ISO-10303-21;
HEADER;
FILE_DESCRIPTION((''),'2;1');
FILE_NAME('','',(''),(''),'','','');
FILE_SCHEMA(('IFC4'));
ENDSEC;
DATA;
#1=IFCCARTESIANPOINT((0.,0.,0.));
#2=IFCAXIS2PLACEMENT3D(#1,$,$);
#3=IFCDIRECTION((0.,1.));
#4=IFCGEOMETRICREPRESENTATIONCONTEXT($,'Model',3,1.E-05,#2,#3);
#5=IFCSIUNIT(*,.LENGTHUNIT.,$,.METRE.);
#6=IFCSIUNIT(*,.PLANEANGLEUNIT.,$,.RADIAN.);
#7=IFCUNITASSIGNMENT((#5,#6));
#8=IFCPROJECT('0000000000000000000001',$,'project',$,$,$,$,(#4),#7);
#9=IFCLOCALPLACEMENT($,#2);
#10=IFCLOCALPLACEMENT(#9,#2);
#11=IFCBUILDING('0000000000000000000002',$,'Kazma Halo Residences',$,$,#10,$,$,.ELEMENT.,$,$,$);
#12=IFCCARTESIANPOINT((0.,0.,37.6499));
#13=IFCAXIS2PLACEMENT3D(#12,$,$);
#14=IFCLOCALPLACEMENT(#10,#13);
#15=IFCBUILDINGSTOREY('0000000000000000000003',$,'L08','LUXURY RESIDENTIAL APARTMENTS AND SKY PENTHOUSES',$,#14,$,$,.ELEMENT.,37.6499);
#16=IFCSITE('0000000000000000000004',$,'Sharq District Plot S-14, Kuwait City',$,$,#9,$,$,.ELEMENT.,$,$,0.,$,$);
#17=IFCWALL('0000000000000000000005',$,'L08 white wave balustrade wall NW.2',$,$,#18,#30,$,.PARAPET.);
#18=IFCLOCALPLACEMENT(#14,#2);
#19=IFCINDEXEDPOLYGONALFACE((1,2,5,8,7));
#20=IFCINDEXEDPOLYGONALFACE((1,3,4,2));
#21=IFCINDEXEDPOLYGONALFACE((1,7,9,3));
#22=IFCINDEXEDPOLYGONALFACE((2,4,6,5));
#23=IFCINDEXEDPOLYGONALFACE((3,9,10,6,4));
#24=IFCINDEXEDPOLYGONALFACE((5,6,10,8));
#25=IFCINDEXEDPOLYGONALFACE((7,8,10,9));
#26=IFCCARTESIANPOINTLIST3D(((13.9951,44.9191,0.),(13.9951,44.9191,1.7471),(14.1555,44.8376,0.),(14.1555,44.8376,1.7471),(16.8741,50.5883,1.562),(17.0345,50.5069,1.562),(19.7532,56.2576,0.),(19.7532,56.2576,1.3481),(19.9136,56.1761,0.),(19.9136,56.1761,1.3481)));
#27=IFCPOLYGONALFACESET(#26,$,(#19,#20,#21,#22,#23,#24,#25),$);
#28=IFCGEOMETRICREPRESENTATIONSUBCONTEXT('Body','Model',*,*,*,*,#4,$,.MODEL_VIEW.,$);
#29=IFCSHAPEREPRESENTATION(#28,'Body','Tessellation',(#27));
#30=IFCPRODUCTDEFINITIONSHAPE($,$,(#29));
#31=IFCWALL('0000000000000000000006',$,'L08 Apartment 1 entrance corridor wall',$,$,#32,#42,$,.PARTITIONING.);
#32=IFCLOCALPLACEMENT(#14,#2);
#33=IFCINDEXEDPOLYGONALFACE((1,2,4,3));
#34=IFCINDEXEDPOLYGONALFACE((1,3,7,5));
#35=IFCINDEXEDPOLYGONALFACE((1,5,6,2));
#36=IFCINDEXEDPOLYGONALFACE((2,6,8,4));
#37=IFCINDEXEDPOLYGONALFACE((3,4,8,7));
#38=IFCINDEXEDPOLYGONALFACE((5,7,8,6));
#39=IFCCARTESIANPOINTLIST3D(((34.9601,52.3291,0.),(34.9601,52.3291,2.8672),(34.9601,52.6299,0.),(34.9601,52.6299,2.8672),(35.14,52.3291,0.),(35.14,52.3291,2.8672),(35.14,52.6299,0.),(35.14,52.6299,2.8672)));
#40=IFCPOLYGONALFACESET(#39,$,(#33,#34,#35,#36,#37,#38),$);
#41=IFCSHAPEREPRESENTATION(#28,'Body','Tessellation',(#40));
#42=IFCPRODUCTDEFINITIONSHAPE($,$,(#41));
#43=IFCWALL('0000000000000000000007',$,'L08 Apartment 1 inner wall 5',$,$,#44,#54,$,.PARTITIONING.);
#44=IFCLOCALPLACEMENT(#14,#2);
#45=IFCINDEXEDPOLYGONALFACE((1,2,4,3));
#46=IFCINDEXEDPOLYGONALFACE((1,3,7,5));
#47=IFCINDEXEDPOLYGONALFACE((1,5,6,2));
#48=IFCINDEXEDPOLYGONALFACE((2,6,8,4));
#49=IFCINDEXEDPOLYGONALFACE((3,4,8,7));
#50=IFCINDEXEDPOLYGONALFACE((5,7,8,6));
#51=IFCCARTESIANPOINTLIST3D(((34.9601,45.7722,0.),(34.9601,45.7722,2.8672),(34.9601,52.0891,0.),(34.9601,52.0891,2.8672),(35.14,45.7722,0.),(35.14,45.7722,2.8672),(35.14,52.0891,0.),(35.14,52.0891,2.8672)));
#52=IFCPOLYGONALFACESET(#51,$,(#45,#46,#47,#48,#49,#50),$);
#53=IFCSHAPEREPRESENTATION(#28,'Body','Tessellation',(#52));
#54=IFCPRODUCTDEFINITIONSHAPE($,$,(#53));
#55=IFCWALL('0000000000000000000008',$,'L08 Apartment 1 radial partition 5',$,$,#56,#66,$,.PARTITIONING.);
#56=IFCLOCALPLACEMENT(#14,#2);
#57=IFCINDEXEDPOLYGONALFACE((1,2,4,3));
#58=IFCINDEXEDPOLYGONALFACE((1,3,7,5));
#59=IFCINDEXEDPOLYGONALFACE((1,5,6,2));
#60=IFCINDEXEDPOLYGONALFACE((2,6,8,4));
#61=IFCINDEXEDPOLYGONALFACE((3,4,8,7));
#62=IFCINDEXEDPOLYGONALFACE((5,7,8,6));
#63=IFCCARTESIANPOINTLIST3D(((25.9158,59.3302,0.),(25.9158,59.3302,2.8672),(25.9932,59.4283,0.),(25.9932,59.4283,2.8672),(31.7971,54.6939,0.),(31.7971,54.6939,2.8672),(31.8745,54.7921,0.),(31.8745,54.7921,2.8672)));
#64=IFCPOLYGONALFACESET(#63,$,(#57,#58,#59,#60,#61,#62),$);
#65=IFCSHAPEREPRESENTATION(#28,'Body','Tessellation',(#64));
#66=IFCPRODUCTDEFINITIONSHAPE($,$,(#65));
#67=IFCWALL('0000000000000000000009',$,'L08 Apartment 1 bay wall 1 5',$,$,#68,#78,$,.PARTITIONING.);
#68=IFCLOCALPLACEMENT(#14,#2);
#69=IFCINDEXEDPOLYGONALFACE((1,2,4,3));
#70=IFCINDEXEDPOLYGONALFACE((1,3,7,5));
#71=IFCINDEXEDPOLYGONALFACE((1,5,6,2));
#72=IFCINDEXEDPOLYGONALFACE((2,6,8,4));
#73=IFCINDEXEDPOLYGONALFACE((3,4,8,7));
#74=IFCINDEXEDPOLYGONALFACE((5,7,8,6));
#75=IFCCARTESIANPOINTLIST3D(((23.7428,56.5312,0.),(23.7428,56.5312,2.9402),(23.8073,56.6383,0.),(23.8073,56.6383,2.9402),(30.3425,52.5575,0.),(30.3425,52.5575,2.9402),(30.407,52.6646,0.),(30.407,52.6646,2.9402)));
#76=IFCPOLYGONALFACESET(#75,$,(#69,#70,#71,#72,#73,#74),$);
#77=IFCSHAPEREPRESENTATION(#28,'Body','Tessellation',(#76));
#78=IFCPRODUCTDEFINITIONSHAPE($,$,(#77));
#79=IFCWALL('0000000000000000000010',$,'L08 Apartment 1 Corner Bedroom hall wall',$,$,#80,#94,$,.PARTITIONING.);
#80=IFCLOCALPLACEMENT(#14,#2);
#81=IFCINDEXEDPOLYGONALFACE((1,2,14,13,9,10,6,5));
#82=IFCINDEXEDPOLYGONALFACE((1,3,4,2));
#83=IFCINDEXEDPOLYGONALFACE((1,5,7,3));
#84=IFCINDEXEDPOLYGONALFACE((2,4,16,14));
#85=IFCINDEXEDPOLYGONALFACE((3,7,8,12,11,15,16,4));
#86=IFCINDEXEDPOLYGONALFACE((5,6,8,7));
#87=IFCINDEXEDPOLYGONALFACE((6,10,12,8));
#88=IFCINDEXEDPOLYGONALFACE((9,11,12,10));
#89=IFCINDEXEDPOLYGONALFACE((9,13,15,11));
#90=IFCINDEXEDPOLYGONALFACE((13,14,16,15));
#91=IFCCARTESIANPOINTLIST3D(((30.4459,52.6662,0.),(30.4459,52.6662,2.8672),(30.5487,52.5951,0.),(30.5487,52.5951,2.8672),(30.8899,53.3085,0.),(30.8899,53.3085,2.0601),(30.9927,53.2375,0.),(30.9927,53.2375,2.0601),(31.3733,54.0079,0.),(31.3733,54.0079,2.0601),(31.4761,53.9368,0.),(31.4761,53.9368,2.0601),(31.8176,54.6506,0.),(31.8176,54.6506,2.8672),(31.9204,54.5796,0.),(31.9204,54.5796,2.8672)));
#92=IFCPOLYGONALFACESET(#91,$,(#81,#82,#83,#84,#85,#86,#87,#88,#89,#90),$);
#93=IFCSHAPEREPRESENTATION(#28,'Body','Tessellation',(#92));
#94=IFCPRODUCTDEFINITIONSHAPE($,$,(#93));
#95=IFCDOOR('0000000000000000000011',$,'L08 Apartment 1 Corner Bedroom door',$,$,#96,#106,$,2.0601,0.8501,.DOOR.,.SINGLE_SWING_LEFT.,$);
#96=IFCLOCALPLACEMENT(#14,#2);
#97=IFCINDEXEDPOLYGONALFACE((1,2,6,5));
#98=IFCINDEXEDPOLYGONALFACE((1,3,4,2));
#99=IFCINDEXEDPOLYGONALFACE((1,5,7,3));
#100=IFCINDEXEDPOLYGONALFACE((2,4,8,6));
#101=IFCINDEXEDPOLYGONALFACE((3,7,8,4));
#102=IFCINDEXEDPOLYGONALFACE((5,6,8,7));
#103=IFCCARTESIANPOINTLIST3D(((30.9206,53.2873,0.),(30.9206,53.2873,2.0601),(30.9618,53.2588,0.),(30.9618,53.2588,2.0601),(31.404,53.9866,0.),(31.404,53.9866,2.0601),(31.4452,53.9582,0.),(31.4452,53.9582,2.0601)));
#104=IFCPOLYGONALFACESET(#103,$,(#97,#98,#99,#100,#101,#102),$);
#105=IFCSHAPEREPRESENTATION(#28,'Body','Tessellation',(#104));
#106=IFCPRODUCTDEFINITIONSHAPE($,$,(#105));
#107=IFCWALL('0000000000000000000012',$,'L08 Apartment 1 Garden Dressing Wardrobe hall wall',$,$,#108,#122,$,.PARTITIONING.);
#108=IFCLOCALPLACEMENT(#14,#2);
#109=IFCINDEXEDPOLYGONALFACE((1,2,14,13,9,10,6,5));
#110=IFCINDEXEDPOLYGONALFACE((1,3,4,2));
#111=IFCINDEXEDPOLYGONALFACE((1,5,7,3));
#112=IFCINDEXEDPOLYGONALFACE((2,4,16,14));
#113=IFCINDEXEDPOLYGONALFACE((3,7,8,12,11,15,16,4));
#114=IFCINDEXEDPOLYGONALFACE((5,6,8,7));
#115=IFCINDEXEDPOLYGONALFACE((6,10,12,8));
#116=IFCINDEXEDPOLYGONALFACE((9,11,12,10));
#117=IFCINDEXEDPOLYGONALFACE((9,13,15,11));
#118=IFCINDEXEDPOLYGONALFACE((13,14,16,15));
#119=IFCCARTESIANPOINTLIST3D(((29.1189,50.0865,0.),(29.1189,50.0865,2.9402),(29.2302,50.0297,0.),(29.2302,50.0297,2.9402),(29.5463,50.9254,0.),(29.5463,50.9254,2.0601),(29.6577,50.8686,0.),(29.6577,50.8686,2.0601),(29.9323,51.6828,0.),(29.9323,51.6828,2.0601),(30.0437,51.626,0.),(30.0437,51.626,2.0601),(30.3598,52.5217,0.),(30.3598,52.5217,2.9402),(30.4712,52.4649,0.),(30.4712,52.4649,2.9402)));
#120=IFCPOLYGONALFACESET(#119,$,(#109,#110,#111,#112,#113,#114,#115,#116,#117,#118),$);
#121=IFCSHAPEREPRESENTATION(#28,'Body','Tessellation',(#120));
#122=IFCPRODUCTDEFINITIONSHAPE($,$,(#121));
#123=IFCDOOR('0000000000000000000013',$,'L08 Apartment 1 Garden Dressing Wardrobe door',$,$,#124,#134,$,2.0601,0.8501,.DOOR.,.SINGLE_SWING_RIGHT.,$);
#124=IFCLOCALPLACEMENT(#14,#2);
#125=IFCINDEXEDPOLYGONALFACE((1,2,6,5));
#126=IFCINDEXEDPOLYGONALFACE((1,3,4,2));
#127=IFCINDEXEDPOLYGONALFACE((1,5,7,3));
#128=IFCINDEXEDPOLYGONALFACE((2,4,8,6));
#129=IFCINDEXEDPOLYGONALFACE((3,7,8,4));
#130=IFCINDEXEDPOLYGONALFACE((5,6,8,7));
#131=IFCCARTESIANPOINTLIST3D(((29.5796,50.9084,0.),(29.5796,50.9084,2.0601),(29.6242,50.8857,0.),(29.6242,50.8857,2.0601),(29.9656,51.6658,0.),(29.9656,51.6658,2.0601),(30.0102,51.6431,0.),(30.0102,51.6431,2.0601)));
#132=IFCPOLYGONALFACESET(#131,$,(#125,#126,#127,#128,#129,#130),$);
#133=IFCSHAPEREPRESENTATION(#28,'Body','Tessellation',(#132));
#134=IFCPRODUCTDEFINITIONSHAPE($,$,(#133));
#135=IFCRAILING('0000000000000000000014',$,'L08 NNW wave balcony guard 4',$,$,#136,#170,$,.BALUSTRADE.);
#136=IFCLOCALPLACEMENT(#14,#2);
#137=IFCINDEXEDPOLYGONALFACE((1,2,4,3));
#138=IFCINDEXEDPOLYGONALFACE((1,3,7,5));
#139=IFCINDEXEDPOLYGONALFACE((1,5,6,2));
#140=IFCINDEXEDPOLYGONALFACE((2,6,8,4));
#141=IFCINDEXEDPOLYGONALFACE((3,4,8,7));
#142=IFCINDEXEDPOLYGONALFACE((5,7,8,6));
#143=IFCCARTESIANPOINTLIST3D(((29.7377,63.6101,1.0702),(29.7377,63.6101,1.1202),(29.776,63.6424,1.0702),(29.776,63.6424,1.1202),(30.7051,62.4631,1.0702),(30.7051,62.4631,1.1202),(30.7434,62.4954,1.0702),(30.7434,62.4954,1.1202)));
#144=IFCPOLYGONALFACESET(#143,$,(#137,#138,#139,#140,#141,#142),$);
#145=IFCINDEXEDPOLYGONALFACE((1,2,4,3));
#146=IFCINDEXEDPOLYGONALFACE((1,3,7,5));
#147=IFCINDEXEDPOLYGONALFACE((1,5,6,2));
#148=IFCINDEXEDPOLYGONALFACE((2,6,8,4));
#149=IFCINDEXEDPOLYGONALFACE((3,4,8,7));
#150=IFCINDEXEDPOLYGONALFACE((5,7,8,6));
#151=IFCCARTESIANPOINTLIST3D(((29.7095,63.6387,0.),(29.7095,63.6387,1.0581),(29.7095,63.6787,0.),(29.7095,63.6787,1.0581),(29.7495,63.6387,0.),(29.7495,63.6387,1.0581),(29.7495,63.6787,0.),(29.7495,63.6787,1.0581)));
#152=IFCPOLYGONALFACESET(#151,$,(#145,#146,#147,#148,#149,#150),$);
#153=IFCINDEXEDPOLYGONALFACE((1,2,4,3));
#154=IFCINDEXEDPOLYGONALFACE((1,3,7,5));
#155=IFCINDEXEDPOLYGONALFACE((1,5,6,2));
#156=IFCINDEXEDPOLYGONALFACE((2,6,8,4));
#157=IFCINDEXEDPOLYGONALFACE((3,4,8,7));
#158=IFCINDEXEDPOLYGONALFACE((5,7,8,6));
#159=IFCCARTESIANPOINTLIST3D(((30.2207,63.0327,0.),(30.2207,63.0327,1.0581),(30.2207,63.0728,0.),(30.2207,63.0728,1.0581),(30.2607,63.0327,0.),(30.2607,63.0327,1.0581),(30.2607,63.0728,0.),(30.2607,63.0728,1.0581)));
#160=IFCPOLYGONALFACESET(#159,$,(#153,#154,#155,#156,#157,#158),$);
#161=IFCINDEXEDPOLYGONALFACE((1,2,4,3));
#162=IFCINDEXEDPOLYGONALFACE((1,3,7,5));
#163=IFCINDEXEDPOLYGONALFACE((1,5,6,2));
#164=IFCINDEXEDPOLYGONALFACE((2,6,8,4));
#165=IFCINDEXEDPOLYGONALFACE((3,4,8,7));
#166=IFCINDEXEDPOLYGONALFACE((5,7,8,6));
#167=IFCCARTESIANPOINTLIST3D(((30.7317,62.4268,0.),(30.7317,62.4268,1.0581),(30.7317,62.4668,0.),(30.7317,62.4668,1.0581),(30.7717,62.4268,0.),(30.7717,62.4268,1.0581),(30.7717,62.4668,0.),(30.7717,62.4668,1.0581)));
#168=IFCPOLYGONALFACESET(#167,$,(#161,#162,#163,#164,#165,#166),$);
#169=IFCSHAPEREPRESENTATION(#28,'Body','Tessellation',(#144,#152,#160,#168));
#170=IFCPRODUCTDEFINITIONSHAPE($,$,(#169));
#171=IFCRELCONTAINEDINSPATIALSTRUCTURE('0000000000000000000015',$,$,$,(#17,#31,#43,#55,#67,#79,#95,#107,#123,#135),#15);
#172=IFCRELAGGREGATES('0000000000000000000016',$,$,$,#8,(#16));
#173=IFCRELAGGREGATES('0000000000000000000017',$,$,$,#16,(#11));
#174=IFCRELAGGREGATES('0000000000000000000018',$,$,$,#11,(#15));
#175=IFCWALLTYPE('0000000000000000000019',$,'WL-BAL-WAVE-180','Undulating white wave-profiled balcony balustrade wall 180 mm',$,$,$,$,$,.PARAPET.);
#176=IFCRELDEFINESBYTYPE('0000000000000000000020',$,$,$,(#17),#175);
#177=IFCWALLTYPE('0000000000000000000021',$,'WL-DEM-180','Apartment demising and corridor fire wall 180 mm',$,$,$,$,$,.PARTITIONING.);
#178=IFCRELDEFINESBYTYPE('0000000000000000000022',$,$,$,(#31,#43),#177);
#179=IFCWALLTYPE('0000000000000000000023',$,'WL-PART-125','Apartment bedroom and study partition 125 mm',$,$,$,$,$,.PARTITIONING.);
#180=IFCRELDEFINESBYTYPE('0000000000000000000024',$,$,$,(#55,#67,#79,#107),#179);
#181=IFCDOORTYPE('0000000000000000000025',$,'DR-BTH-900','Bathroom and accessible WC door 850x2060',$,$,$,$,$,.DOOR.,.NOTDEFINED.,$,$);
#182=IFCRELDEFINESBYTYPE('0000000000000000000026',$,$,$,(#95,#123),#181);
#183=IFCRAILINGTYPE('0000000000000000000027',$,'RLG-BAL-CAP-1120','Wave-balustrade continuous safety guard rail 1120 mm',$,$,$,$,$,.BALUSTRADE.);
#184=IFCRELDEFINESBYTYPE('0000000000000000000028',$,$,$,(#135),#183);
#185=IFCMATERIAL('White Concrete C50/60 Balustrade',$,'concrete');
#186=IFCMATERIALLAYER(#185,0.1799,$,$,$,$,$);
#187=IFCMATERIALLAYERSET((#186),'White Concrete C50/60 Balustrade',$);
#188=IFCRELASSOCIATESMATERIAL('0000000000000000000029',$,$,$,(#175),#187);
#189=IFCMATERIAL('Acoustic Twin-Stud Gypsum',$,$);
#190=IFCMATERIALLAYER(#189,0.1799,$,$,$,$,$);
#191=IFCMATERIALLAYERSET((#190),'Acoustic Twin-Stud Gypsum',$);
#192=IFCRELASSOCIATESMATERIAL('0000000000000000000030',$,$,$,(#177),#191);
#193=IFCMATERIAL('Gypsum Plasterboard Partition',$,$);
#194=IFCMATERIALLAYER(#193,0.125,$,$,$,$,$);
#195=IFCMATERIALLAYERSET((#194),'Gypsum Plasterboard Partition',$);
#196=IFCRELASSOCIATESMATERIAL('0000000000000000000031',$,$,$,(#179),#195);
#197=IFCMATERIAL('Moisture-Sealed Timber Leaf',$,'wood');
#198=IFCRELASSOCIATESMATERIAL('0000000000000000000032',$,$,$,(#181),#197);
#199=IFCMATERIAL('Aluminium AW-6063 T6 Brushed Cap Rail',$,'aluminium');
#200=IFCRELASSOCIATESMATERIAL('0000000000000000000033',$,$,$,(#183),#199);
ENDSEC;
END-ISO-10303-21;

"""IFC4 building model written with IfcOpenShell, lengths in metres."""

from ifc_helpers import new_model, si_unit, direction, frame, frame_2d, origin, origin_2d, place, context, subcontext, project, spatial, polyline, rectangle, outline, extrude, material, layer, layer_set, type_object, element, fill, save


model = new_model("IFC4")

# Units and contexts
model_context = context("Model", 3, precision=1e-05, world=origin(), true_north=direction((0.0, 1.0)))
body_context = subcontext(model_context, "Body", "Model", "MODEL_VIEW")
ifc_project = project(units=[si_unit("LENGTHUNIT", "METRE"), si_unit("PLANEANGLEUNIT", "RADIAN")], contexts=[model_context])

# Site, building, storey
site_placement = place(None, origin())
site = spatial("IfcSite", under=ifc_project, at=site_placement, Name="Sharq District Plot S-14, Kuwait City", CompositionType="ELEMENT", RefElevation=0.0)
building_placement = place(site_placement, origin())
building = spatial("IfcBuilding", under=site, at=building_placement, Name="Kazma Halo Residences", CompositionType="ELEMENT")
storey_placement = place(building_placement, frame((0.0, 0.0, 37.6499)))
storey = spatial("IfcBuildingStorey", under=building, at=storey_placement, Name="L08", Description="LUXURY RESIDENTIAL APARTMENTS AND SKY PENTHOUSES", CompositionType="ELEMENT", Elevation=37.6499)

# Walls
ifc_material_1 = material(Name="White Concrete C50/60 Balustrade", Category="concrete")
ifc_layer_1 = layer(ifc_material_1, 0.1799)
ifc_layer_set_1 = layer_set([ifc_layer_1], Name="White Concrete C50/60 Balustrade")
wall_type_1 = type_object("IfcWallType", Name="WL-BAL-WAVE-180", Description="Undulating white wave-profiled balcony balustrade wall 180 mm", PredefinedType="PARAPET", material=ifc_layer_set_1)
wall_1_placement = place(storey_placement, frame((19.8335, 56.2168, 0.0), z_axis=(0.0, 0.0, 1.0), x_axis=(-0.452795, -0.891614, 0.0)))
element("IfcWall", 1, at=wall_1_placement, inside=storey, type_object=wall_type_1, Name="L08 white wave balustrade wall NW.2", PredefinedType="PARAPET", context=body_context, shape_type="SweptSolid", body=[
    extrude(outline(polyline([(0.0, 0.0), (12.7168, 0.0), (12.7168, 1.7471), (6.3584, 1.562), (0.0, 1.3481), (0.0, 0.0)])), frame((0.0, 0.0898, 0.0), z_axis=(0.0, -1.0, 0.0), x_axis=(1.0, 0.0, 0.0)), (0.0, 0.0, 1.0), 0.1799),
])
ifc_material_2 = material(Name="Acoustic Twin-Stud Gypsum")
ifc_layer_2 = layer(ifc_material_2, 0.1799)
ifc_layer_set_2 = layer_set([ifc_layer_2], Name="Acoustic Twin-Stud Gypsum")
wall_type_2 = type_object("IfcWallType", Name="WL-DEM-180", Description="Apartment demising and corridor fire wall 180 mm", PredefinedType="PARTITIONING", material=ifc_layer_set_2)
wall_2_placement = place(storey_placement, frame((35.05, 52.6299, 0.0), z_axis=(0.0, 0.0, 1.0), x_axis=(0.0, -1.0, 0.0)))
element("IfcWall", 2, at=wall_2_placement, inside=storey, type_object=wall_type_2, Name="L08 Apartment 1 entrance corridor wall", PredefinedType="PARTITIONING", context=body_context, shape_type="SweptSolid", body=[
    extrude(rectangle(XDim=0.3008, YDim=0.1799, at=frame_2d((0.1504, 0.0))), origin(), (0.0, 0.0, 1.0), 2.8672),
])
wall_3_placement = place(storey_placement, frame((35.05, 52.0891, 0.0), z_axis=(0.0, 0.0, 1.0), x_axis=(0.0, -1.0, 0.0)))
element("IfcWall", 3, at=wall_3_placement, inside=storey, type_object=wall_type_2, Name="L08 Apartment 1 inner wall 5", PredefinedType="PARTITIONING", context=body_context, shape_type="SweptSolid", body=[
    extrude(rectangle(XDim=6.3169, YDim=0.1799, at=frame_2d((3.1584, 0.0))), origin(), (0.0, 0.0, 1.0), 2.8672),
])

# Walls
ifc_material_3 = material(Name="Gypsum Plasterboard Partition")
ifc_layer_3 = layer(ifc_material_3, 0.125)
ifc_layer_set_3 = layer_set([ifc_layer_3], Name="Gypsum Plasterboard Partition")
wall_type_3 = type_object("IfcWallType", Name="WL-PART-125", Description="Apartment bedroom and study partition 125 mm", PredefinedType="PARTITIONING", material=ifc_layer_set_3)
wall_4_placement = place(storey_placement, frame((31.8359, 54.7429, 0.0), z_axis=(0.0, 0.0, 1.0), x_axis=(-0.785333, 0.619073, 0.0)))
element("IfcWall", 4, at=wall_4_placement, inside=storey, type_object=wall_type_3, Name="L08 Apartment 1 radial partition 5", PredefinedType="PARTITIONING", context=body_context, shape_type="SweptSolid", body=[
    extrude(rectangle(XDim=7.489, YDim=0.125, at=frame_2d((3.7446, 0.0))), origin(), (0.0, 0.0, 1.0), 2.8672),
])
wall_5_placement = place(storey_placement, frame((30.3748, 52.6111, 0.0), z_axis=(0.0, 0.0, 1.0), x_axis=(-0.856698, 0.515819, 0.0)))
element("IfcWall", 5, at=wall_5_placement, inside=storey, type_object=wall_type_3, Name="L08 Apartment 1 bay wall 1 5", PredefinedType="PARTITIONING", context=body_context, shape_type="SweptSolid", body=[
    extrude(rectangle(XDim=7.7036, YDim=0.125, at=frame_2d((3.8518, 0.0))), origin(), (0.0, 0.0, 1.0), 2.9402),
])

# Walls, openings, doors
wall_6_placement = place(storey_placement, frame((31.8689, 54.615, 0.0), z_axis=(0.0, 0.0, 1.0), x_axis=(-0.568589, -0.822622, 0.0)))
wall_6 = element("IfcWall", 6, at=wall_6_placement, inside=storey, type_object=wall_type_3, Name="L08 Apartment 1 Corner Bedroom hall wall", PredefinedType="PARTITIONING", context=body_context, shape_type="SweptSolid", body=[
    extrude(rectangle(XDim=2.4124, YDim=0.125, at=frame_2d((1.2061, 0.0))), origin(), (0.0, 0.0, 1.0), 2.8672),
])
opening_1_placement = place(wall_6_placement, frame((0.7812, 0.0, 0.0)))
opening_1 = element("IfcOpeningElement", 7, at=opening_1_placement, cuts=wall_6, PredefinedType="OPENING", context=body_context, shape_type="SweptSolid", body=[
    extrude(rectangle(XDim=0.8501, YDim=2.0601, at=frame_2d((0.425, 1.03))), frame((0.0, 0.0725, 0.0), z_axis=(0.0, -1.0, 0.0), x_axis=(1.0, 0.0, 0.0)), (0.0, 0.0, 1.0), 0.145),
])
ifc_material_4 = material(Name="Moisture-Sealed Timber Leaf", Category="wood")
door_type_1 = type_object("IfcDoorType", Name="DR-BTH-900", Description="Bathroom and accessible WC door 850x2060", OperationType="NOTDEFINED", PredefinedType="DOOR", material=ifc_material_4)
door_1_placement = place(opening_1_placement, origin())
door_1 = element("IfcDoor", 8, at=door_1_placement, inside=storey, type_object=door_type_1, Name="L08 Apartment 1 Corner Bedroom door", OperationType="SINGLE_SWING_LEFT", OverallHeight=2.0601, OverallWidth=0.8501, PredefinedType="DOOR", context=body_context, shape_type="SweptSolid", body=[
    extrude(rectangle(XDim=0.8501, YDim=2.0601, at=frame_2d((0.425, 1.03))), frame((0.0, 0.0249, 0.0), z_axis=(0.0, -1.0, 0.0), x_axis=(1.0, 0.0, 0.0)), (0.0, 0.0, 1.0), 0.05),
])
fill(opening_1, door_1)
wall_7_placement = place(storey_placement, frame((30.4155, 52.4934, 0.0), z_axis=(0.0, 0.0, 1.0), x_axis=(-0.454025, -0.890989, 0.0)))
wall_7 = element("IfcWall", 9, at=wall_7_placement, inside=storey, type_object=wall_type_3, Name="L08 Apartment 1 Garden Dressing Wardrobe hall wall", PredefinedType="PARTITIONING", context=body_context, shape_type="SweptSolid", body=[
    extrude(rectangle(XDim=2.7332, YDim=0.125, at=frame_2d((1.3667, 0.0))), origin(), (0.0, 0.0, 1.0), 2.9402),
])
opening_2_placement = place(wall_7_placement, frame((0.9417, 0.0, 0.0)))
opening_2 = element("IfcOpeningElement", 10, at=opening_2_placement, cuts=wall_7, PredefinedType="OPENING", context=body_context, shape_type="SweptSolid", body=[
    extrude(rectangle(XDim=0.8501, YDim=2.0601, at=frame_2d((0.425, 1.03))), frame((0.0, 0.0725, 0.0), z_axis=(0.0, -1.0, 0.0), x_axis=(1.0, 0.0, 0.0)), (0.0, 0.0, 1.0), 0.145),
])
door_2_placement = place(opening_2_placement, origin())
door_2 = element("IfcDoor", 11, at=door_2_placement, inside=storey, type_object=door_type_1, Name="L08 Apartment 1 Garden Dressing Wardrobe door", OperationType="SINGLE_SWING_RIGHT", OverallHeight=2.0601, OverallWidth=0.8501, PredefinedType="DOOR", context=body_context, shape_type="SweptSolid", body=[
    extrude(rectangle(XDim=0.8501, YDim=2.0601, at=frame_2d((0.425, 1.03))), frame((0.0, 0.0249, 0.0), z_axis=(0.0, -1.0, 0.0), x_axis=(1.0, 0.0, 0.0)), (0.0, 0.0, 1.0), 0.05),
])
fill(opening_2, door_2)

# Railing
ifc_material_5 = material(Name="Aluminium AW-6063 T6 Brushed Cap Rail", Category="aluminium")
railing_type = type_object("IfcRailingType", Name="RLG-BAL-CAP-1120", Description="Wave-balustrade continuous safety guard rail 1120 mm", PredefinedType="BALUSTRADE", material=ifc_material_5)
railing_1_placement = place(storey_placement, frame((29.7295, 63.6587, 0.0)))
element("IfcRailing", 12, at=railing_1_placement, inside=storey, type_object=railing_type, Name="L08 NNW wave balcony guard 4", PredefinedType="BALUSTRADE", context=body_context, shape_type="SweptSolid", body=[
    extrude(rectangle(XDim=0.05, YDim=0.05, at=origin_2d()), frame((0.0273, -0.0325, 1.0952), z_axis=(0.644747, -0.764396, 0.0), x_axis=(0.764396, 0.644747, 0.0)), (0.0, 0.0, 1.0), 1.5005),
    extrude(rectangle(XDim=0.04, YDim=0.04, at=origin_2d()), origin(), (0.0, 0.0, 1.0), 1.0581),
    extrude(rectangle(XDim=0.04, YDim=0.04, at=origin_2d()), frame((0.5112, -0.606, 0.0)), (0.0, 0.0, 1.0), 1.0581),
    extrude(rectangle(XDim=0.04, YDim=0.04, at=origin_2d()), frame((1.0222, -1.2119, 0.0)), (0.0, 0.0, 1.0), 1.0581),
])

save(model, "model.ifc")
